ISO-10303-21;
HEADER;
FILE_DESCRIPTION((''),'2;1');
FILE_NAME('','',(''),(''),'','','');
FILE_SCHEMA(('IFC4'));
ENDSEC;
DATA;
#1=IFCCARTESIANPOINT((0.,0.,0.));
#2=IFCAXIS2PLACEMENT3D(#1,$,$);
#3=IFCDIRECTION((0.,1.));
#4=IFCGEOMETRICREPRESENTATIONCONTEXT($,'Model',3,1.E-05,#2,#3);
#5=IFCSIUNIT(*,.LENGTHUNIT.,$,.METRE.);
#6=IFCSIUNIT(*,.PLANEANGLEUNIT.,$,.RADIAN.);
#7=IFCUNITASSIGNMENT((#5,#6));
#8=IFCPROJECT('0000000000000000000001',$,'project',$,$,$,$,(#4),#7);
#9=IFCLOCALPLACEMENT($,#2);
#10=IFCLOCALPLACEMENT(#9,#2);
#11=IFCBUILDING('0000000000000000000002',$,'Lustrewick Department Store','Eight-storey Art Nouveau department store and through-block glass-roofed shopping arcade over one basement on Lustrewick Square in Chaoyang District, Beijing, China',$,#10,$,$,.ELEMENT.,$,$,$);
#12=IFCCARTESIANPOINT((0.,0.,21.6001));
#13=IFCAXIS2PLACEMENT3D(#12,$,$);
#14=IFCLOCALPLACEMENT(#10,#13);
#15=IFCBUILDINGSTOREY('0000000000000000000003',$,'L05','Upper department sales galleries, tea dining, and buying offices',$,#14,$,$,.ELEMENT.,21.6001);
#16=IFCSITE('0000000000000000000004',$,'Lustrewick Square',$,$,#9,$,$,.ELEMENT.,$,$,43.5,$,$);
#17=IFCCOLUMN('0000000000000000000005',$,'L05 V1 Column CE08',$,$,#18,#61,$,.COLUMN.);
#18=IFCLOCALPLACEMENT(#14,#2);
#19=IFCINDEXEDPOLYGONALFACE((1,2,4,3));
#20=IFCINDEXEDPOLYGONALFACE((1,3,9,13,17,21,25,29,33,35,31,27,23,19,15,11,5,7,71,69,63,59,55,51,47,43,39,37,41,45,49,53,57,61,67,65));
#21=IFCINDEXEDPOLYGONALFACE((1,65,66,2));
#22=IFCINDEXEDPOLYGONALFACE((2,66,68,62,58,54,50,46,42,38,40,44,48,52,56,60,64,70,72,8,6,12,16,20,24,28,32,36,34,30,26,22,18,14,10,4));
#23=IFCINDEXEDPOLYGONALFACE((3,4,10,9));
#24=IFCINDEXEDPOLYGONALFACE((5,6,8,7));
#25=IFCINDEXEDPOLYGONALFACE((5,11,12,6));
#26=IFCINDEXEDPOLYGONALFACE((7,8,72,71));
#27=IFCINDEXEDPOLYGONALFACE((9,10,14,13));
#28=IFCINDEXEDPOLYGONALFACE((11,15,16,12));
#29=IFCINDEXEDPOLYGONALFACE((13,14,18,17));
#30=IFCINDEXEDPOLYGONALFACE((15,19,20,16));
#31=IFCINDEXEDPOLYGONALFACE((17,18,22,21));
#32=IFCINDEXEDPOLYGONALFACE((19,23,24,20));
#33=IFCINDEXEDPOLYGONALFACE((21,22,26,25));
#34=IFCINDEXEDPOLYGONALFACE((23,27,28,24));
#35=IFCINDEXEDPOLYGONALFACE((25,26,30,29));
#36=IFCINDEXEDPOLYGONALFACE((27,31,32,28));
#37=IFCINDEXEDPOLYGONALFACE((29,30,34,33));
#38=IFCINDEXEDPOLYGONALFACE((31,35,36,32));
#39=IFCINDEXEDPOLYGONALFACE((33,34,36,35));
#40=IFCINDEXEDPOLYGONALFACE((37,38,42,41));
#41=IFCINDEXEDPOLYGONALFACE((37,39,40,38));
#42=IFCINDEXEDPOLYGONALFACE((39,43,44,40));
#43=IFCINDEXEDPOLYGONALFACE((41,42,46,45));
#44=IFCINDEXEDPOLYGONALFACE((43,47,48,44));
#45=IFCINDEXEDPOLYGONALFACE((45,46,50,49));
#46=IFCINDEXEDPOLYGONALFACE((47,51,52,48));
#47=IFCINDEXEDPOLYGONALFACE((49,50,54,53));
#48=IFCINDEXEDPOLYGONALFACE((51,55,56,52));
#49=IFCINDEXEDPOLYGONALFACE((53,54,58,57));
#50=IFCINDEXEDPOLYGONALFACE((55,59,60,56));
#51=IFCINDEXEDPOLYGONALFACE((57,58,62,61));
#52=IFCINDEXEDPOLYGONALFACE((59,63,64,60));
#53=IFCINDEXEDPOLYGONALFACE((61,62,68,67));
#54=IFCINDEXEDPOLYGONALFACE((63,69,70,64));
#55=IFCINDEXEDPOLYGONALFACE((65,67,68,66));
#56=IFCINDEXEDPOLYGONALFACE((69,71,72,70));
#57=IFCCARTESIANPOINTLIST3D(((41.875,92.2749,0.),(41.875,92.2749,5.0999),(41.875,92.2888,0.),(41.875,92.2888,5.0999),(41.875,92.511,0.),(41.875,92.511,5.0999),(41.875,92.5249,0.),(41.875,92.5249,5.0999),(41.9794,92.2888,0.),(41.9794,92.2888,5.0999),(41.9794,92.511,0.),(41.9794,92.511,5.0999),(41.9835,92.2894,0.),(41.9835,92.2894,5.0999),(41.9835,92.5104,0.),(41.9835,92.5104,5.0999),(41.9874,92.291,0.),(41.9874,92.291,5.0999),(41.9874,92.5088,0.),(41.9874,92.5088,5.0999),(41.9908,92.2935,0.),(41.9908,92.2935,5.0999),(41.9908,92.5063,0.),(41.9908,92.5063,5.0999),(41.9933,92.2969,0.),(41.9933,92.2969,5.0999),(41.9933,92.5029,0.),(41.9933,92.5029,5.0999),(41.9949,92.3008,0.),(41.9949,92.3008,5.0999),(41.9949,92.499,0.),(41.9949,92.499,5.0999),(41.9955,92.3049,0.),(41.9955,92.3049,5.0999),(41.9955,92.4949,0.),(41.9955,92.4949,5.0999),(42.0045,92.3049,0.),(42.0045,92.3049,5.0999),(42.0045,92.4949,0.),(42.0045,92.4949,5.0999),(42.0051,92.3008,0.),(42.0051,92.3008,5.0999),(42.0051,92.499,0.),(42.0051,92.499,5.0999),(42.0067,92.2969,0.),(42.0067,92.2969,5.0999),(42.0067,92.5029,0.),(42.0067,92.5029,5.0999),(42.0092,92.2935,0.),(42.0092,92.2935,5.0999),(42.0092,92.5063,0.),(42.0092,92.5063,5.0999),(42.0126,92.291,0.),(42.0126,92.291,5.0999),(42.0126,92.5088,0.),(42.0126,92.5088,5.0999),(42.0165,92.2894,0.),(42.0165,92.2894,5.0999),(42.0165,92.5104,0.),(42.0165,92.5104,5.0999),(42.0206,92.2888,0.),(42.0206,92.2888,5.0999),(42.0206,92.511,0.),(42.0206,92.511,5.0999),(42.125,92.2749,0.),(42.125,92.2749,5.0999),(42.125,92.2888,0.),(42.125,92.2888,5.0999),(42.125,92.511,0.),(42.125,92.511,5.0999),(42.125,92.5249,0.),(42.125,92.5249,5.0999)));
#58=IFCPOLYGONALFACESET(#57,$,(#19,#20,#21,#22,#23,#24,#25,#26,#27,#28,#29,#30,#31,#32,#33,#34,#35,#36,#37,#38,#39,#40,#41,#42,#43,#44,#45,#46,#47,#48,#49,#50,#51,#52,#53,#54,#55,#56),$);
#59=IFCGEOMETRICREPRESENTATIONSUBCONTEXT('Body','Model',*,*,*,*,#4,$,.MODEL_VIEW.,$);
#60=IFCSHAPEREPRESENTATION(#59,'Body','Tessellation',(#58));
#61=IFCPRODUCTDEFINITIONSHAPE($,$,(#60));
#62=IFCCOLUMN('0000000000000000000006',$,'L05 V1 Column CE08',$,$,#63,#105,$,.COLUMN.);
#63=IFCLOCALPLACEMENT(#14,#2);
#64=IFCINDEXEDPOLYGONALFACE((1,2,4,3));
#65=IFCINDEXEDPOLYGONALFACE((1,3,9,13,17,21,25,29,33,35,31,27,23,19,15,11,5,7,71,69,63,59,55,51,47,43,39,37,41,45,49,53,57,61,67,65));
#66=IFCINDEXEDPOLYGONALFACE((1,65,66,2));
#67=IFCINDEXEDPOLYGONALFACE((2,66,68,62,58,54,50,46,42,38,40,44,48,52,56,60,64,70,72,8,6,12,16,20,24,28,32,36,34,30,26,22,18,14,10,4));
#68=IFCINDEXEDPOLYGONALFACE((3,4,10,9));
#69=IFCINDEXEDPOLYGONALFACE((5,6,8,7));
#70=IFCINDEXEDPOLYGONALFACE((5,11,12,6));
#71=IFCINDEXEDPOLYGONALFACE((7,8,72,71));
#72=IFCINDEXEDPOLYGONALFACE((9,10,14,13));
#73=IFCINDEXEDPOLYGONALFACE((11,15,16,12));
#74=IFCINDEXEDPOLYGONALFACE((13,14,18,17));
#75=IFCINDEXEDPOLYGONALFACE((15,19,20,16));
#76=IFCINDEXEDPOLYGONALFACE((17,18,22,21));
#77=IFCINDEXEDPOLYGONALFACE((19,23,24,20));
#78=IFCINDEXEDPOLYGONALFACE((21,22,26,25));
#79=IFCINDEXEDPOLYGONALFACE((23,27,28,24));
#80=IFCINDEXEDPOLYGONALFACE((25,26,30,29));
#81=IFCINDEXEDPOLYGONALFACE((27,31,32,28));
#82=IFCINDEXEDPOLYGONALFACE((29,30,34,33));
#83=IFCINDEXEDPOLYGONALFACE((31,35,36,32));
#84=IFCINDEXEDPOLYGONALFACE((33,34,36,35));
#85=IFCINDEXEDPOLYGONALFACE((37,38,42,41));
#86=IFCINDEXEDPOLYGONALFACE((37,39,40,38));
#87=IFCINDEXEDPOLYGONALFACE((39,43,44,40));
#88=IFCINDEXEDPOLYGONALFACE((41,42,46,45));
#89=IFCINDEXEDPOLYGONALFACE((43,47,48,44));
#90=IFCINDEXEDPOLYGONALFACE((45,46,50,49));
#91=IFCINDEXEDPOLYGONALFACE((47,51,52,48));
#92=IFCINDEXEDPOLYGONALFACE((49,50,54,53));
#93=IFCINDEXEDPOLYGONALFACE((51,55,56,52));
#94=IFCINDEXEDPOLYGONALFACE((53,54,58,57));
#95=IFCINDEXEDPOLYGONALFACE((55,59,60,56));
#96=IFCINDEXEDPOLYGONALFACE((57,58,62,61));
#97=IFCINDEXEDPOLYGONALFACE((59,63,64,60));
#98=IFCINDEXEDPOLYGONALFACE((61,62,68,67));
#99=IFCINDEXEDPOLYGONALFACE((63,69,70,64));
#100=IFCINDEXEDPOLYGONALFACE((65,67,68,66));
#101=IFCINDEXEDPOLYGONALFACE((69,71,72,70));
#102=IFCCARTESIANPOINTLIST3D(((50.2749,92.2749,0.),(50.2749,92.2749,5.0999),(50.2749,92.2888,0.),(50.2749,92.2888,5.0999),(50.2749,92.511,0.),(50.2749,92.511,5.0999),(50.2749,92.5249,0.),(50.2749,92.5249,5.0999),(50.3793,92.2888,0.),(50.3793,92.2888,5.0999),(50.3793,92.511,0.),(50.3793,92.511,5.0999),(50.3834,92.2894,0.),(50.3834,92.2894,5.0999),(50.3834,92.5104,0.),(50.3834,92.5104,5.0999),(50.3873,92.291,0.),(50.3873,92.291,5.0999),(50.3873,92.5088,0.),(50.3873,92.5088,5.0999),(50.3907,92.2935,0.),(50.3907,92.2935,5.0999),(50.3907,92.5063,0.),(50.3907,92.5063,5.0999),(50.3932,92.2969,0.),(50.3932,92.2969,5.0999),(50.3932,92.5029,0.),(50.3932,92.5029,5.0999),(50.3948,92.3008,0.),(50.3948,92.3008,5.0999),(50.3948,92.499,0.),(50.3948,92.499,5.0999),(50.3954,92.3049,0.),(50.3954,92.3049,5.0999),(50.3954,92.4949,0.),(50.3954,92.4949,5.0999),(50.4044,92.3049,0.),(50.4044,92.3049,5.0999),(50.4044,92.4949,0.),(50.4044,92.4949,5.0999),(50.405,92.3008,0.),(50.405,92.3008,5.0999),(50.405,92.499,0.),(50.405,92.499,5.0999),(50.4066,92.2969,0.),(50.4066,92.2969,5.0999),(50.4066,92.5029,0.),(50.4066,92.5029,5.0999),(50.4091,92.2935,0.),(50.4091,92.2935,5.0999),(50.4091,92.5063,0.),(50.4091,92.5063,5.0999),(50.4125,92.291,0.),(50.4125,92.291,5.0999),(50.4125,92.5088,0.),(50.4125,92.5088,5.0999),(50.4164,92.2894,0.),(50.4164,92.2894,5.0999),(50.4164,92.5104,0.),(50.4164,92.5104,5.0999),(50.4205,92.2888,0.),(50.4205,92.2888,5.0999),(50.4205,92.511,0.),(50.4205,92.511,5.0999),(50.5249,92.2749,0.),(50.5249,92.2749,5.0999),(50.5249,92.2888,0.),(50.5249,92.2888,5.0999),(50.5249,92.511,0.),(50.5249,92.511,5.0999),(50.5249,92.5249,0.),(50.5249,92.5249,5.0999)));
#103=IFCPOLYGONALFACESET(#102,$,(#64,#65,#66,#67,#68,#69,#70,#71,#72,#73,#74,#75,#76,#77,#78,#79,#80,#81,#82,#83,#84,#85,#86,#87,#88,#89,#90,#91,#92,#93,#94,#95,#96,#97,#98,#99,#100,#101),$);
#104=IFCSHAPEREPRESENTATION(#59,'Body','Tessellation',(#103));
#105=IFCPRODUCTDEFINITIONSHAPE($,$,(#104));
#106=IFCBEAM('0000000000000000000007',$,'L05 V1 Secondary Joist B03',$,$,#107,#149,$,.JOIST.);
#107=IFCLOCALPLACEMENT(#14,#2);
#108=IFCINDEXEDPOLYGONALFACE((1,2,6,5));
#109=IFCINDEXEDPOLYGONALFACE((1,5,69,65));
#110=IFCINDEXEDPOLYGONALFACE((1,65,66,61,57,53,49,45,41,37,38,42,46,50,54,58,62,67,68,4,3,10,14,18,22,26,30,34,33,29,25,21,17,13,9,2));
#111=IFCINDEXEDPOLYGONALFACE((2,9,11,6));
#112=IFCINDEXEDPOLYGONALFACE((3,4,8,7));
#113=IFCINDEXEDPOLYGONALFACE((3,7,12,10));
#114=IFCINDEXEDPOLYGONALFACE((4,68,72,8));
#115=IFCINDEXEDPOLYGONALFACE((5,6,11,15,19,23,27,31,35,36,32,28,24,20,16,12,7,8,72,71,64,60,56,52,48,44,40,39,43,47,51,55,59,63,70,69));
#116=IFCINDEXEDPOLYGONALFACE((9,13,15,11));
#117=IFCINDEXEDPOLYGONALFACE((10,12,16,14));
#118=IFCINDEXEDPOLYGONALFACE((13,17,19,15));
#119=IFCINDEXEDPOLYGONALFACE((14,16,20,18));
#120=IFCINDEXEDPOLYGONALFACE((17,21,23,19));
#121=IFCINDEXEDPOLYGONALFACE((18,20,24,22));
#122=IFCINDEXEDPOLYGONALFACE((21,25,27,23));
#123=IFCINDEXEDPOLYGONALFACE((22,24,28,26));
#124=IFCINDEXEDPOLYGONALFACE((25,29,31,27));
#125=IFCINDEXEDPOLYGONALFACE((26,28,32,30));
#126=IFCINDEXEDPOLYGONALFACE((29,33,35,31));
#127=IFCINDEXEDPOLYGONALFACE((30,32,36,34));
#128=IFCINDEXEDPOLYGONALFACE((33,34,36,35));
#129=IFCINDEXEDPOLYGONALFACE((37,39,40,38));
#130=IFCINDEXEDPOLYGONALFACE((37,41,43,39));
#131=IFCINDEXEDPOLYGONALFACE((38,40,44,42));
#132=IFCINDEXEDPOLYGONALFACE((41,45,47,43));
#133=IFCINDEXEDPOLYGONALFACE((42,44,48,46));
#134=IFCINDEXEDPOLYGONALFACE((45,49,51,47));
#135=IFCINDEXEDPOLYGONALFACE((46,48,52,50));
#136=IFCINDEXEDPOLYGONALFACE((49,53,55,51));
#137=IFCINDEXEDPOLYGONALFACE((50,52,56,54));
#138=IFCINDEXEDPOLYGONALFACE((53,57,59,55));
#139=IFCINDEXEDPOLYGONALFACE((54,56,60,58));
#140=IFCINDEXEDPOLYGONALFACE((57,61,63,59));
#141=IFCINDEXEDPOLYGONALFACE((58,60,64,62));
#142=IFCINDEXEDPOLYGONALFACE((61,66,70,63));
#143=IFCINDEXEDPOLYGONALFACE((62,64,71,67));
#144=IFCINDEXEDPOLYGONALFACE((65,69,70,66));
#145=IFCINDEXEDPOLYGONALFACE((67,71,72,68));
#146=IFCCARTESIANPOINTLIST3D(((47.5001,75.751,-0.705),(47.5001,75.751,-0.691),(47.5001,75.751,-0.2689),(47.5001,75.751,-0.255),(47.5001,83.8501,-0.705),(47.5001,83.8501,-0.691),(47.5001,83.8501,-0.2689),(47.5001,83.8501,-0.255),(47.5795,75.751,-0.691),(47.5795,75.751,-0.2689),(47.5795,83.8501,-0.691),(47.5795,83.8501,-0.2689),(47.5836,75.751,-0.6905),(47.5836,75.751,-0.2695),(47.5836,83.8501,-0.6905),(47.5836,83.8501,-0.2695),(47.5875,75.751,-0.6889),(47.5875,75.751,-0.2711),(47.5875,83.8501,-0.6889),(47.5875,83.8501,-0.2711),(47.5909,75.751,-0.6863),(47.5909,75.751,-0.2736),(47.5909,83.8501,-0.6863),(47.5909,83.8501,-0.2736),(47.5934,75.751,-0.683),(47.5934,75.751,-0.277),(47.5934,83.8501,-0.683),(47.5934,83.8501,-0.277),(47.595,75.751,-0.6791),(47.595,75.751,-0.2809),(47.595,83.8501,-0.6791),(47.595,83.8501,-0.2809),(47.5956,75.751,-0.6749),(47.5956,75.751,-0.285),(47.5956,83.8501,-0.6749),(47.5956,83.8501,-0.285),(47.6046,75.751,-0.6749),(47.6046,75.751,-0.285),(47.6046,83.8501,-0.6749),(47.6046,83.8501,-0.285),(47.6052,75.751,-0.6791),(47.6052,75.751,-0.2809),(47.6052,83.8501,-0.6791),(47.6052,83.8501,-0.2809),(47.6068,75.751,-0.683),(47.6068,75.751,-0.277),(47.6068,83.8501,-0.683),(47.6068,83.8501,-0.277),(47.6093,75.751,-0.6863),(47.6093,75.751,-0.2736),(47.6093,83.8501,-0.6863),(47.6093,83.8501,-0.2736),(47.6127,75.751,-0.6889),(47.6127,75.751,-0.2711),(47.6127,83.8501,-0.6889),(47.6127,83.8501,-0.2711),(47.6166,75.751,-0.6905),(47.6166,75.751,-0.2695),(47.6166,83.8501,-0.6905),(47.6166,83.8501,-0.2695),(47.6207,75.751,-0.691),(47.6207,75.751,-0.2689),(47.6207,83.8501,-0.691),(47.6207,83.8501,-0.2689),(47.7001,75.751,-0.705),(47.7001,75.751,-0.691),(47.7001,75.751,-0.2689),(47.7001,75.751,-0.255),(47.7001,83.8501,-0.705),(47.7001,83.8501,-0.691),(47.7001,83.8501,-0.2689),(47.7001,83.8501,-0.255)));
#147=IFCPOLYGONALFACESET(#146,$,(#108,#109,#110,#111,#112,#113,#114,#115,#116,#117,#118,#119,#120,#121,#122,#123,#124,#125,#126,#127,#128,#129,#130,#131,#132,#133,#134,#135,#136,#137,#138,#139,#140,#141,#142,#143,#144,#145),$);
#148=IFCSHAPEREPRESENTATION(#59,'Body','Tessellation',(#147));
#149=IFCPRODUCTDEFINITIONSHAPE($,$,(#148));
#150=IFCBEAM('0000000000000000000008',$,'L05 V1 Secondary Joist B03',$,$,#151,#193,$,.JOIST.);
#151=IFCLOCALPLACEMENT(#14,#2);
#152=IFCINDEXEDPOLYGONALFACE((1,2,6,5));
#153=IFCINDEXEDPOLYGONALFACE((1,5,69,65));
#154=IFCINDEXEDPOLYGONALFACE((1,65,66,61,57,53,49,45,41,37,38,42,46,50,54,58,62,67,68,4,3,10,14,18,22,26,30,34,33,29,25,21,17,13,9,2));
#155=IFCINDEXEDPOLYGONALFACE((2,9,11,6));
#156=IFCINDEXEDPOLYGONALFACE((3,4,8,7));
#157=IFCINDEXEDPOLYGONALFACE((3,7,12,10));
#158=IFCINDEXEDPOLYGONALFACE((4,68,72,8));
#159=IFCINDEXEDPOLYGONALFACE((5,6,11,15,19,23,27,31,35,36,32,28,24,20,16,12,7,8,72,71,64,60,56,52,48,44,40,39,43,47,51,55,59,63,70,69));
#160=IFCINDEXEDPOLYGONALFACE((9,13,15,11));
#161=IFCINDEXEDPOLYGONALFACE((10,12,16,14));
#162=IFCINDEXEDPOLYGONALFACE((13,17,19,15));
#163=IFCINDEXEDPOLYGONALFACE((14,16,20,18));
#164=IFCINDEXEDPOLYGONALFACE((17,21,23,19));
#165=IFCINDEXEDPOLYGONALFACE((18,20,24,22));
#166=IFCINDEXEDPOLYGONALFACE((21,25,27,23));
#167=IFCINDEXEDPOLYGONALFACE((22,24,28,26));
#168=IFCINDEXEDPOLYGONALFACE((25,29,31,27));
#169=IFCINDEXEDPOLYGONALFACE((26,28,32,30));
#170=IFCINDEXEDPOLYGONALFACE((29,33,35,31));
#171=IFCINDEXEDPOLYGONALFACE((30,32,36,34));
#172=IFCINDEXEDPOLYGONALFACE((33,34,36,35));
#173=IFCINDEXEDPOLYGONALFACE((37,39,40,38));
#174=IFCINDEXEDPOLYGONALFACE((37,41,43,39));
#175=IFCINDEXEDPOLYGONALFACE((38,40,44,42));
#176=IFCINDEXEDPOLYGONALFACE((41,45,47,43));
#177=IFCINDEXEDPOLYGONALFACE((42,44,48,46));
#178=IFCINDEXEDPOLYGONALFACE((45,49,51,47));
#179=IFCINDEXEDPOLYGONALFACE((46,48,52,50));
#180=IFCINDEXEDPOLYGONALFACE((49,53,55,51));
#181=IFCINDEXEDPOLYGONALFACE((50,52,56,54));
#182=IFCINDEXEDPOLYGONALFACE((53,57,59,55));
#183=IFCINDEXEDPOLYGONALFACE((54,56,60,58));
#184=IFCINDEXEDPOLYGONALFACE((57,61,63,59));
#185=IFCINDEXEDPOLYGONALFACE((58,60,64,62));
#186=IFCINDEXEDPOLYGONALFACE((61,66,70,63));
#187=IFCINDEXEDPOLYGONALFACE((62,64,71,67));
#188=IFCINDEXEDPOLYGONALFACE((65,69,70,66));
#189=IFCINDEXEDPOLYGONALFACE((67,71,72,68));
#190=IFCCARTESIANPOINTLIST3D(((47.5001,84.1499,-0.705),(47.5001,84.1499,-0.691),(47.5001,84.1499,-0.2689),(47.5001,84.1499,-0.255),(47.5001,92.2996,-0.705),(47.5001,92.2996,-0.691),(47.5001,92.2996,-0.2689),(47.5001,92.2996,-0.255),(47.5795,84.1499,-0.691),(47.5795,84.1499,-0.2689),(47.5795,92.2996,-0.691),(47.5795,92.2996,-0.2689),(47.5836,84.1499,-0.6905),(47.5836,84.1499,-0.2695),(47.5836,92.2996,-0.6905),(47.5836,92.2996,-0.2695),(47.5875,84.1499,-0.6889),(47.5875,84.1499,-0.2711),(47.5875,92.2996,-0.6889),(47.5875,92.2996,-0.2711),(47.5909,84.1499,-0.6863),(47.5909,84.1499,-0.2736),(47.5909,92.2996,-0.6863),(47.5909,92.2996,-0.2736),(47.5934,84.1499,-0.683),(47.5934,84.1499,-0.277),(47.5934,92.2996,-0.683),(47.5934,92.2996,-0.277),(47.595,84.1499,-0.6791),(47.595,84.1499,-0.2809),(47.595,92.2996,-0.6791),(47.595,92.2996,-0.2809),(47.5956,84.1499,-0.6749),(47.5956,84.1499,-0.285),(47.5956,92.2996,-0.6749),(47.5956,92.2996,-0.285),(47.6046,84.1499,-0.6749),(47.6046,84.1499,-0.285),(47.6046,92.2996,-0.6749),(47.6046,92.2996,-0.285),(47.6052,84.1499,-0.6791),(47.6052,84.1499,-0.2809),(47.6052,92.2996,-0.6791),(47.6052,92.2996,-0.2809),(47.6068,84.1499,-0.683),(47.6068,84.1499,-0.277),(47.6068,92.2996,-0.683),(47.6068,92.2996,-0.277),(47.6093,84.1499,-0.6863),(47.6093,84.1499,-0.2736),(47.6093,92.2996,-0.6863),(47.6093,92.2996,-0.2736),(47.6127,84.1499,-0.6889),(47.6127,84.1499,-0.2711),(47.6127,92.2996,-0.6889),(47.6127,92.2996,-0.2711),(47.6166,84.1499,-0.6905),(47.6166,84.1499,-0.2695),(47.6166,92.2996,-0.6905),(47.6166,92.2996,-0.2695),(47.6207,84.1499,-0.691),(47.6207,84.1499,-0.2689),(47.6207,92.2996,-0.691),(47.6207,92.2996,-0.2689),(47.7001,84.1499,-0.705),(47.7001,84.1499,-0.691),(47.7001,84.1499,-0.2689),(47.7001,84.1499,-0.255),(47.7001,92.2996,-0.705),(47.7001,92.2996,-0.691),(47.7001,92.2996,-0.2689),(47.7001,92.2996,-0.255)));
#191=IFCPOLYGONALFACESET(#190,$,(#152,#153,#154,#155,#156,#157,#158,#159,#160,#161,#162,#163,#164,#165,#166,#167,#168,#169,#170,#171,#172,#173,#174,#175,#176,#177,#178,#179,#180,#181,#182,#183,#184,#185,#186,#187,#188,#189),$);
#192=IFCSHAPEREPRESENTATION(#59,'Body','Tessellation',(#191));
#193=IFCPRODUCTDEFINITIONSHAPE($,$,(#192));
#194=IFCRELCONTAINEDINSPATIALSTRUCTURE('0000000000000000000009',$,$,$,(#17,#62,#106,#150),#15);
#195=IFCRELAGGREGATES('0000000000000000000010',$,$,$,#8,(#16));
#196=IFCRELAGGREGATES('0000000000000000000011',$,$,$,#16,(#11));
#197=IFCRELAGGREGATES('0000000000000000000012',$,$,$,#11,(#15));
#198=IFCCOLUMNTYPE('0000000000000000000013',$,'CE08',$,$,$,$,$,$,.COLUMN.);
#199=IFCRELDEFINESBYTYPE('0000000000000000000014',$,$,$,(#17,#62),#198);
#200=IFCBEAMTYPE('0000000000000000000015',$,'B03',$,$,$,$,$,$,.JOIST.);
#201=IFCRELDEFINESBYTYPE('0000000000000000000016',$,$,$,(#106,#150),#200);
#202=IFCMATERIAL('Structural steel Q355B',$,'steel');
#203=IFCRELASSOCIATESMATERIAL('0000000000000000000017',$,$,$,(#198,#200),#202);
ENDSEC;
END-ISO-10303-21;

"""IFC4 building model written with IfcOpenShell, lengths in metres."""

from ifc_helpers import new_model, si_unit, direction, frame, origin, origin_2d, place, context, subcontext, project, spatial, i_section, extrude, material, material_profile, profile_set, type_object, element, save


model = new_model("IFC4")

# Units and contexts
model_context = context("Model", 3, precision=1e-05, world=origin(), true_north=direction((0.0, 1.0)))
body_context = subcontext(model_context, "Body", "Model", "MODEL_VIEW")
ifc_project = project(units=[si_unit("LENGTHUNIT", "METRE"), si_unit("PLANEANGLEUNIT", "RADIAN")], contexts=[model_context])

# Site, building, storey
site_placement = place(None, origin())
site = spatial("IfcSite", under=ifc_project, at=site_placement, Name="Lustrewick Square", CompositionType="ELEMENT", RefElevation=43.5)
building_placement = place(site_placement, origin())
building = spatial("IfcBuilding", under=site, at=building_placement, Name="Lustrewick Department Store", Description="Eight-storey Art Nouveau department store and through-block glass-roofed shopping arcade over one basement on Lustrewick Square in Chaoyang District, Beijing, China", CompositionType="ELEMENT")
storey_placement = place(building_placement, frame((0.0, 0.0, 21.6001)))
storey = spatial("IfcBuildingStorey", under=building, at=storey_placement, Name="L05", Description="Upper department sales galleries, tea dining, and buying offices", CompositionType="ELEMENT", Elevation=21.6001)

# Columns
ifc_material_1 = material(Name="Structural steel Q355B", Category="steel")
ifc_material_profile_1 = material_profile(ifc_material_1, i_section(OverallWidth=0.25, OverallDepth=0.25, WebThickness=0.009, FlangeThickness=0.0139, FilletRadius=0.0161, at=origin_2d()), Name="HW 250x250x9x14")
ifc_profile_set_1 = profile_set([ifc_material_profile_1], Name="Structural steel Q355B")
column_type_1 = type_object("IfcColumnType", Name="CE08", PredefinedType="COLUMN", material=ifc_profile_set_1)
for number, where, z_axis, x_axis, name in (
    (1, (42.0, 92.3999, 0.0), (0.0, 0.0, 1.0), (1.0, 0.0, 0.0), "L05 V1 Column CE08"),
    (2, (50.3999, 92.3999, 0.0), (0.0, 0.0, 1.0), (1.0, 0.0, 0.0), "L05 V1 Column CE08"),
):
    element("IfcColumn", number, at=place(storey_placement, frame(where, z_axis=z_axis, x_axis=x_axis)), inside=storey, type_object=column_type_1, Name=name, PredefinedType="COLUMN", context=body_context, shape_type="SweptSolid", body=[
        extrude(i_section(OverallWidth=0.25, OverallDepth=0.25, WebThickness=0.009, FlangeThickness=0.0139, FilletRadius=0.0161, at=origin_2d()), origin(), (0.0, 0.0, 1.0), 5.0999),
    ])

# Beams
ifc_material_profile_2 = material_profile(ifc_material_1, i_section(OverallWidth=0.2, OverallDepth=0.45, WebThickness=0.009, FlangeThickness=0.0139, FilletRadius=0.0161, at=origin_2d()), Name="HN 450x200x9x14")
ifc_profile_set_2 = profile_set([ifc_material_profile_2], Name="Structural steel Q355B")
beam_type_1 = type_object("IfcBeamType", Name="B03", PredefinedType="JOIST", material=ifc_profile_set_2)
beam_1_placement = place(storey_placement, frame((47.6001, 75.751, -0.48), z_axis=(0.0, 1.0, 0.0), x_axis=(-1.0, 0.0, 0.0)))
element("IfcBeam", 3, at=beam_1_placement, inside=storey, type_object=beam_type_1, Name="L05 V1 Secondary Joist B03", PredefinedType="JOIST", context=body_context, shape_type="SweptSolid", body=[
    extrude(i_section(OverallWidth=0.2, OverallDepth=0.45, WebThickness=0.009, FlangeThickness=0.0139, FilletRadius=0.0161, at=origin_2d()), origin(), (0.0, 0.0, 1.0), 8.0991),
])
beam_2_placement = place(storey_placement, frame((47.6001, 84.1499, -0.48), z_axis=(0.0, 1.0, 0.0), x_axis=(-1.0, 0.0, 0.0)))
element("IfcBeam", 4, at=beam_2_placement, inside=storey, type_object=beam_type_1, Name="L05 V1 Secondary Joist B03", PredefinedType="JOIST", context=body_context, shape_type="SweptSolid", body=[
    extrude(i_section(OverallWidth=0.2, OverallDepth=0.45, WebThickness=0.009, FlangeThickness=0.0139, FilletRadius=0.0161, at=origin_2d()), origin(), (0.0, 0.0, 1.0), 8.1497),
])

save(model, "model.ifc")
